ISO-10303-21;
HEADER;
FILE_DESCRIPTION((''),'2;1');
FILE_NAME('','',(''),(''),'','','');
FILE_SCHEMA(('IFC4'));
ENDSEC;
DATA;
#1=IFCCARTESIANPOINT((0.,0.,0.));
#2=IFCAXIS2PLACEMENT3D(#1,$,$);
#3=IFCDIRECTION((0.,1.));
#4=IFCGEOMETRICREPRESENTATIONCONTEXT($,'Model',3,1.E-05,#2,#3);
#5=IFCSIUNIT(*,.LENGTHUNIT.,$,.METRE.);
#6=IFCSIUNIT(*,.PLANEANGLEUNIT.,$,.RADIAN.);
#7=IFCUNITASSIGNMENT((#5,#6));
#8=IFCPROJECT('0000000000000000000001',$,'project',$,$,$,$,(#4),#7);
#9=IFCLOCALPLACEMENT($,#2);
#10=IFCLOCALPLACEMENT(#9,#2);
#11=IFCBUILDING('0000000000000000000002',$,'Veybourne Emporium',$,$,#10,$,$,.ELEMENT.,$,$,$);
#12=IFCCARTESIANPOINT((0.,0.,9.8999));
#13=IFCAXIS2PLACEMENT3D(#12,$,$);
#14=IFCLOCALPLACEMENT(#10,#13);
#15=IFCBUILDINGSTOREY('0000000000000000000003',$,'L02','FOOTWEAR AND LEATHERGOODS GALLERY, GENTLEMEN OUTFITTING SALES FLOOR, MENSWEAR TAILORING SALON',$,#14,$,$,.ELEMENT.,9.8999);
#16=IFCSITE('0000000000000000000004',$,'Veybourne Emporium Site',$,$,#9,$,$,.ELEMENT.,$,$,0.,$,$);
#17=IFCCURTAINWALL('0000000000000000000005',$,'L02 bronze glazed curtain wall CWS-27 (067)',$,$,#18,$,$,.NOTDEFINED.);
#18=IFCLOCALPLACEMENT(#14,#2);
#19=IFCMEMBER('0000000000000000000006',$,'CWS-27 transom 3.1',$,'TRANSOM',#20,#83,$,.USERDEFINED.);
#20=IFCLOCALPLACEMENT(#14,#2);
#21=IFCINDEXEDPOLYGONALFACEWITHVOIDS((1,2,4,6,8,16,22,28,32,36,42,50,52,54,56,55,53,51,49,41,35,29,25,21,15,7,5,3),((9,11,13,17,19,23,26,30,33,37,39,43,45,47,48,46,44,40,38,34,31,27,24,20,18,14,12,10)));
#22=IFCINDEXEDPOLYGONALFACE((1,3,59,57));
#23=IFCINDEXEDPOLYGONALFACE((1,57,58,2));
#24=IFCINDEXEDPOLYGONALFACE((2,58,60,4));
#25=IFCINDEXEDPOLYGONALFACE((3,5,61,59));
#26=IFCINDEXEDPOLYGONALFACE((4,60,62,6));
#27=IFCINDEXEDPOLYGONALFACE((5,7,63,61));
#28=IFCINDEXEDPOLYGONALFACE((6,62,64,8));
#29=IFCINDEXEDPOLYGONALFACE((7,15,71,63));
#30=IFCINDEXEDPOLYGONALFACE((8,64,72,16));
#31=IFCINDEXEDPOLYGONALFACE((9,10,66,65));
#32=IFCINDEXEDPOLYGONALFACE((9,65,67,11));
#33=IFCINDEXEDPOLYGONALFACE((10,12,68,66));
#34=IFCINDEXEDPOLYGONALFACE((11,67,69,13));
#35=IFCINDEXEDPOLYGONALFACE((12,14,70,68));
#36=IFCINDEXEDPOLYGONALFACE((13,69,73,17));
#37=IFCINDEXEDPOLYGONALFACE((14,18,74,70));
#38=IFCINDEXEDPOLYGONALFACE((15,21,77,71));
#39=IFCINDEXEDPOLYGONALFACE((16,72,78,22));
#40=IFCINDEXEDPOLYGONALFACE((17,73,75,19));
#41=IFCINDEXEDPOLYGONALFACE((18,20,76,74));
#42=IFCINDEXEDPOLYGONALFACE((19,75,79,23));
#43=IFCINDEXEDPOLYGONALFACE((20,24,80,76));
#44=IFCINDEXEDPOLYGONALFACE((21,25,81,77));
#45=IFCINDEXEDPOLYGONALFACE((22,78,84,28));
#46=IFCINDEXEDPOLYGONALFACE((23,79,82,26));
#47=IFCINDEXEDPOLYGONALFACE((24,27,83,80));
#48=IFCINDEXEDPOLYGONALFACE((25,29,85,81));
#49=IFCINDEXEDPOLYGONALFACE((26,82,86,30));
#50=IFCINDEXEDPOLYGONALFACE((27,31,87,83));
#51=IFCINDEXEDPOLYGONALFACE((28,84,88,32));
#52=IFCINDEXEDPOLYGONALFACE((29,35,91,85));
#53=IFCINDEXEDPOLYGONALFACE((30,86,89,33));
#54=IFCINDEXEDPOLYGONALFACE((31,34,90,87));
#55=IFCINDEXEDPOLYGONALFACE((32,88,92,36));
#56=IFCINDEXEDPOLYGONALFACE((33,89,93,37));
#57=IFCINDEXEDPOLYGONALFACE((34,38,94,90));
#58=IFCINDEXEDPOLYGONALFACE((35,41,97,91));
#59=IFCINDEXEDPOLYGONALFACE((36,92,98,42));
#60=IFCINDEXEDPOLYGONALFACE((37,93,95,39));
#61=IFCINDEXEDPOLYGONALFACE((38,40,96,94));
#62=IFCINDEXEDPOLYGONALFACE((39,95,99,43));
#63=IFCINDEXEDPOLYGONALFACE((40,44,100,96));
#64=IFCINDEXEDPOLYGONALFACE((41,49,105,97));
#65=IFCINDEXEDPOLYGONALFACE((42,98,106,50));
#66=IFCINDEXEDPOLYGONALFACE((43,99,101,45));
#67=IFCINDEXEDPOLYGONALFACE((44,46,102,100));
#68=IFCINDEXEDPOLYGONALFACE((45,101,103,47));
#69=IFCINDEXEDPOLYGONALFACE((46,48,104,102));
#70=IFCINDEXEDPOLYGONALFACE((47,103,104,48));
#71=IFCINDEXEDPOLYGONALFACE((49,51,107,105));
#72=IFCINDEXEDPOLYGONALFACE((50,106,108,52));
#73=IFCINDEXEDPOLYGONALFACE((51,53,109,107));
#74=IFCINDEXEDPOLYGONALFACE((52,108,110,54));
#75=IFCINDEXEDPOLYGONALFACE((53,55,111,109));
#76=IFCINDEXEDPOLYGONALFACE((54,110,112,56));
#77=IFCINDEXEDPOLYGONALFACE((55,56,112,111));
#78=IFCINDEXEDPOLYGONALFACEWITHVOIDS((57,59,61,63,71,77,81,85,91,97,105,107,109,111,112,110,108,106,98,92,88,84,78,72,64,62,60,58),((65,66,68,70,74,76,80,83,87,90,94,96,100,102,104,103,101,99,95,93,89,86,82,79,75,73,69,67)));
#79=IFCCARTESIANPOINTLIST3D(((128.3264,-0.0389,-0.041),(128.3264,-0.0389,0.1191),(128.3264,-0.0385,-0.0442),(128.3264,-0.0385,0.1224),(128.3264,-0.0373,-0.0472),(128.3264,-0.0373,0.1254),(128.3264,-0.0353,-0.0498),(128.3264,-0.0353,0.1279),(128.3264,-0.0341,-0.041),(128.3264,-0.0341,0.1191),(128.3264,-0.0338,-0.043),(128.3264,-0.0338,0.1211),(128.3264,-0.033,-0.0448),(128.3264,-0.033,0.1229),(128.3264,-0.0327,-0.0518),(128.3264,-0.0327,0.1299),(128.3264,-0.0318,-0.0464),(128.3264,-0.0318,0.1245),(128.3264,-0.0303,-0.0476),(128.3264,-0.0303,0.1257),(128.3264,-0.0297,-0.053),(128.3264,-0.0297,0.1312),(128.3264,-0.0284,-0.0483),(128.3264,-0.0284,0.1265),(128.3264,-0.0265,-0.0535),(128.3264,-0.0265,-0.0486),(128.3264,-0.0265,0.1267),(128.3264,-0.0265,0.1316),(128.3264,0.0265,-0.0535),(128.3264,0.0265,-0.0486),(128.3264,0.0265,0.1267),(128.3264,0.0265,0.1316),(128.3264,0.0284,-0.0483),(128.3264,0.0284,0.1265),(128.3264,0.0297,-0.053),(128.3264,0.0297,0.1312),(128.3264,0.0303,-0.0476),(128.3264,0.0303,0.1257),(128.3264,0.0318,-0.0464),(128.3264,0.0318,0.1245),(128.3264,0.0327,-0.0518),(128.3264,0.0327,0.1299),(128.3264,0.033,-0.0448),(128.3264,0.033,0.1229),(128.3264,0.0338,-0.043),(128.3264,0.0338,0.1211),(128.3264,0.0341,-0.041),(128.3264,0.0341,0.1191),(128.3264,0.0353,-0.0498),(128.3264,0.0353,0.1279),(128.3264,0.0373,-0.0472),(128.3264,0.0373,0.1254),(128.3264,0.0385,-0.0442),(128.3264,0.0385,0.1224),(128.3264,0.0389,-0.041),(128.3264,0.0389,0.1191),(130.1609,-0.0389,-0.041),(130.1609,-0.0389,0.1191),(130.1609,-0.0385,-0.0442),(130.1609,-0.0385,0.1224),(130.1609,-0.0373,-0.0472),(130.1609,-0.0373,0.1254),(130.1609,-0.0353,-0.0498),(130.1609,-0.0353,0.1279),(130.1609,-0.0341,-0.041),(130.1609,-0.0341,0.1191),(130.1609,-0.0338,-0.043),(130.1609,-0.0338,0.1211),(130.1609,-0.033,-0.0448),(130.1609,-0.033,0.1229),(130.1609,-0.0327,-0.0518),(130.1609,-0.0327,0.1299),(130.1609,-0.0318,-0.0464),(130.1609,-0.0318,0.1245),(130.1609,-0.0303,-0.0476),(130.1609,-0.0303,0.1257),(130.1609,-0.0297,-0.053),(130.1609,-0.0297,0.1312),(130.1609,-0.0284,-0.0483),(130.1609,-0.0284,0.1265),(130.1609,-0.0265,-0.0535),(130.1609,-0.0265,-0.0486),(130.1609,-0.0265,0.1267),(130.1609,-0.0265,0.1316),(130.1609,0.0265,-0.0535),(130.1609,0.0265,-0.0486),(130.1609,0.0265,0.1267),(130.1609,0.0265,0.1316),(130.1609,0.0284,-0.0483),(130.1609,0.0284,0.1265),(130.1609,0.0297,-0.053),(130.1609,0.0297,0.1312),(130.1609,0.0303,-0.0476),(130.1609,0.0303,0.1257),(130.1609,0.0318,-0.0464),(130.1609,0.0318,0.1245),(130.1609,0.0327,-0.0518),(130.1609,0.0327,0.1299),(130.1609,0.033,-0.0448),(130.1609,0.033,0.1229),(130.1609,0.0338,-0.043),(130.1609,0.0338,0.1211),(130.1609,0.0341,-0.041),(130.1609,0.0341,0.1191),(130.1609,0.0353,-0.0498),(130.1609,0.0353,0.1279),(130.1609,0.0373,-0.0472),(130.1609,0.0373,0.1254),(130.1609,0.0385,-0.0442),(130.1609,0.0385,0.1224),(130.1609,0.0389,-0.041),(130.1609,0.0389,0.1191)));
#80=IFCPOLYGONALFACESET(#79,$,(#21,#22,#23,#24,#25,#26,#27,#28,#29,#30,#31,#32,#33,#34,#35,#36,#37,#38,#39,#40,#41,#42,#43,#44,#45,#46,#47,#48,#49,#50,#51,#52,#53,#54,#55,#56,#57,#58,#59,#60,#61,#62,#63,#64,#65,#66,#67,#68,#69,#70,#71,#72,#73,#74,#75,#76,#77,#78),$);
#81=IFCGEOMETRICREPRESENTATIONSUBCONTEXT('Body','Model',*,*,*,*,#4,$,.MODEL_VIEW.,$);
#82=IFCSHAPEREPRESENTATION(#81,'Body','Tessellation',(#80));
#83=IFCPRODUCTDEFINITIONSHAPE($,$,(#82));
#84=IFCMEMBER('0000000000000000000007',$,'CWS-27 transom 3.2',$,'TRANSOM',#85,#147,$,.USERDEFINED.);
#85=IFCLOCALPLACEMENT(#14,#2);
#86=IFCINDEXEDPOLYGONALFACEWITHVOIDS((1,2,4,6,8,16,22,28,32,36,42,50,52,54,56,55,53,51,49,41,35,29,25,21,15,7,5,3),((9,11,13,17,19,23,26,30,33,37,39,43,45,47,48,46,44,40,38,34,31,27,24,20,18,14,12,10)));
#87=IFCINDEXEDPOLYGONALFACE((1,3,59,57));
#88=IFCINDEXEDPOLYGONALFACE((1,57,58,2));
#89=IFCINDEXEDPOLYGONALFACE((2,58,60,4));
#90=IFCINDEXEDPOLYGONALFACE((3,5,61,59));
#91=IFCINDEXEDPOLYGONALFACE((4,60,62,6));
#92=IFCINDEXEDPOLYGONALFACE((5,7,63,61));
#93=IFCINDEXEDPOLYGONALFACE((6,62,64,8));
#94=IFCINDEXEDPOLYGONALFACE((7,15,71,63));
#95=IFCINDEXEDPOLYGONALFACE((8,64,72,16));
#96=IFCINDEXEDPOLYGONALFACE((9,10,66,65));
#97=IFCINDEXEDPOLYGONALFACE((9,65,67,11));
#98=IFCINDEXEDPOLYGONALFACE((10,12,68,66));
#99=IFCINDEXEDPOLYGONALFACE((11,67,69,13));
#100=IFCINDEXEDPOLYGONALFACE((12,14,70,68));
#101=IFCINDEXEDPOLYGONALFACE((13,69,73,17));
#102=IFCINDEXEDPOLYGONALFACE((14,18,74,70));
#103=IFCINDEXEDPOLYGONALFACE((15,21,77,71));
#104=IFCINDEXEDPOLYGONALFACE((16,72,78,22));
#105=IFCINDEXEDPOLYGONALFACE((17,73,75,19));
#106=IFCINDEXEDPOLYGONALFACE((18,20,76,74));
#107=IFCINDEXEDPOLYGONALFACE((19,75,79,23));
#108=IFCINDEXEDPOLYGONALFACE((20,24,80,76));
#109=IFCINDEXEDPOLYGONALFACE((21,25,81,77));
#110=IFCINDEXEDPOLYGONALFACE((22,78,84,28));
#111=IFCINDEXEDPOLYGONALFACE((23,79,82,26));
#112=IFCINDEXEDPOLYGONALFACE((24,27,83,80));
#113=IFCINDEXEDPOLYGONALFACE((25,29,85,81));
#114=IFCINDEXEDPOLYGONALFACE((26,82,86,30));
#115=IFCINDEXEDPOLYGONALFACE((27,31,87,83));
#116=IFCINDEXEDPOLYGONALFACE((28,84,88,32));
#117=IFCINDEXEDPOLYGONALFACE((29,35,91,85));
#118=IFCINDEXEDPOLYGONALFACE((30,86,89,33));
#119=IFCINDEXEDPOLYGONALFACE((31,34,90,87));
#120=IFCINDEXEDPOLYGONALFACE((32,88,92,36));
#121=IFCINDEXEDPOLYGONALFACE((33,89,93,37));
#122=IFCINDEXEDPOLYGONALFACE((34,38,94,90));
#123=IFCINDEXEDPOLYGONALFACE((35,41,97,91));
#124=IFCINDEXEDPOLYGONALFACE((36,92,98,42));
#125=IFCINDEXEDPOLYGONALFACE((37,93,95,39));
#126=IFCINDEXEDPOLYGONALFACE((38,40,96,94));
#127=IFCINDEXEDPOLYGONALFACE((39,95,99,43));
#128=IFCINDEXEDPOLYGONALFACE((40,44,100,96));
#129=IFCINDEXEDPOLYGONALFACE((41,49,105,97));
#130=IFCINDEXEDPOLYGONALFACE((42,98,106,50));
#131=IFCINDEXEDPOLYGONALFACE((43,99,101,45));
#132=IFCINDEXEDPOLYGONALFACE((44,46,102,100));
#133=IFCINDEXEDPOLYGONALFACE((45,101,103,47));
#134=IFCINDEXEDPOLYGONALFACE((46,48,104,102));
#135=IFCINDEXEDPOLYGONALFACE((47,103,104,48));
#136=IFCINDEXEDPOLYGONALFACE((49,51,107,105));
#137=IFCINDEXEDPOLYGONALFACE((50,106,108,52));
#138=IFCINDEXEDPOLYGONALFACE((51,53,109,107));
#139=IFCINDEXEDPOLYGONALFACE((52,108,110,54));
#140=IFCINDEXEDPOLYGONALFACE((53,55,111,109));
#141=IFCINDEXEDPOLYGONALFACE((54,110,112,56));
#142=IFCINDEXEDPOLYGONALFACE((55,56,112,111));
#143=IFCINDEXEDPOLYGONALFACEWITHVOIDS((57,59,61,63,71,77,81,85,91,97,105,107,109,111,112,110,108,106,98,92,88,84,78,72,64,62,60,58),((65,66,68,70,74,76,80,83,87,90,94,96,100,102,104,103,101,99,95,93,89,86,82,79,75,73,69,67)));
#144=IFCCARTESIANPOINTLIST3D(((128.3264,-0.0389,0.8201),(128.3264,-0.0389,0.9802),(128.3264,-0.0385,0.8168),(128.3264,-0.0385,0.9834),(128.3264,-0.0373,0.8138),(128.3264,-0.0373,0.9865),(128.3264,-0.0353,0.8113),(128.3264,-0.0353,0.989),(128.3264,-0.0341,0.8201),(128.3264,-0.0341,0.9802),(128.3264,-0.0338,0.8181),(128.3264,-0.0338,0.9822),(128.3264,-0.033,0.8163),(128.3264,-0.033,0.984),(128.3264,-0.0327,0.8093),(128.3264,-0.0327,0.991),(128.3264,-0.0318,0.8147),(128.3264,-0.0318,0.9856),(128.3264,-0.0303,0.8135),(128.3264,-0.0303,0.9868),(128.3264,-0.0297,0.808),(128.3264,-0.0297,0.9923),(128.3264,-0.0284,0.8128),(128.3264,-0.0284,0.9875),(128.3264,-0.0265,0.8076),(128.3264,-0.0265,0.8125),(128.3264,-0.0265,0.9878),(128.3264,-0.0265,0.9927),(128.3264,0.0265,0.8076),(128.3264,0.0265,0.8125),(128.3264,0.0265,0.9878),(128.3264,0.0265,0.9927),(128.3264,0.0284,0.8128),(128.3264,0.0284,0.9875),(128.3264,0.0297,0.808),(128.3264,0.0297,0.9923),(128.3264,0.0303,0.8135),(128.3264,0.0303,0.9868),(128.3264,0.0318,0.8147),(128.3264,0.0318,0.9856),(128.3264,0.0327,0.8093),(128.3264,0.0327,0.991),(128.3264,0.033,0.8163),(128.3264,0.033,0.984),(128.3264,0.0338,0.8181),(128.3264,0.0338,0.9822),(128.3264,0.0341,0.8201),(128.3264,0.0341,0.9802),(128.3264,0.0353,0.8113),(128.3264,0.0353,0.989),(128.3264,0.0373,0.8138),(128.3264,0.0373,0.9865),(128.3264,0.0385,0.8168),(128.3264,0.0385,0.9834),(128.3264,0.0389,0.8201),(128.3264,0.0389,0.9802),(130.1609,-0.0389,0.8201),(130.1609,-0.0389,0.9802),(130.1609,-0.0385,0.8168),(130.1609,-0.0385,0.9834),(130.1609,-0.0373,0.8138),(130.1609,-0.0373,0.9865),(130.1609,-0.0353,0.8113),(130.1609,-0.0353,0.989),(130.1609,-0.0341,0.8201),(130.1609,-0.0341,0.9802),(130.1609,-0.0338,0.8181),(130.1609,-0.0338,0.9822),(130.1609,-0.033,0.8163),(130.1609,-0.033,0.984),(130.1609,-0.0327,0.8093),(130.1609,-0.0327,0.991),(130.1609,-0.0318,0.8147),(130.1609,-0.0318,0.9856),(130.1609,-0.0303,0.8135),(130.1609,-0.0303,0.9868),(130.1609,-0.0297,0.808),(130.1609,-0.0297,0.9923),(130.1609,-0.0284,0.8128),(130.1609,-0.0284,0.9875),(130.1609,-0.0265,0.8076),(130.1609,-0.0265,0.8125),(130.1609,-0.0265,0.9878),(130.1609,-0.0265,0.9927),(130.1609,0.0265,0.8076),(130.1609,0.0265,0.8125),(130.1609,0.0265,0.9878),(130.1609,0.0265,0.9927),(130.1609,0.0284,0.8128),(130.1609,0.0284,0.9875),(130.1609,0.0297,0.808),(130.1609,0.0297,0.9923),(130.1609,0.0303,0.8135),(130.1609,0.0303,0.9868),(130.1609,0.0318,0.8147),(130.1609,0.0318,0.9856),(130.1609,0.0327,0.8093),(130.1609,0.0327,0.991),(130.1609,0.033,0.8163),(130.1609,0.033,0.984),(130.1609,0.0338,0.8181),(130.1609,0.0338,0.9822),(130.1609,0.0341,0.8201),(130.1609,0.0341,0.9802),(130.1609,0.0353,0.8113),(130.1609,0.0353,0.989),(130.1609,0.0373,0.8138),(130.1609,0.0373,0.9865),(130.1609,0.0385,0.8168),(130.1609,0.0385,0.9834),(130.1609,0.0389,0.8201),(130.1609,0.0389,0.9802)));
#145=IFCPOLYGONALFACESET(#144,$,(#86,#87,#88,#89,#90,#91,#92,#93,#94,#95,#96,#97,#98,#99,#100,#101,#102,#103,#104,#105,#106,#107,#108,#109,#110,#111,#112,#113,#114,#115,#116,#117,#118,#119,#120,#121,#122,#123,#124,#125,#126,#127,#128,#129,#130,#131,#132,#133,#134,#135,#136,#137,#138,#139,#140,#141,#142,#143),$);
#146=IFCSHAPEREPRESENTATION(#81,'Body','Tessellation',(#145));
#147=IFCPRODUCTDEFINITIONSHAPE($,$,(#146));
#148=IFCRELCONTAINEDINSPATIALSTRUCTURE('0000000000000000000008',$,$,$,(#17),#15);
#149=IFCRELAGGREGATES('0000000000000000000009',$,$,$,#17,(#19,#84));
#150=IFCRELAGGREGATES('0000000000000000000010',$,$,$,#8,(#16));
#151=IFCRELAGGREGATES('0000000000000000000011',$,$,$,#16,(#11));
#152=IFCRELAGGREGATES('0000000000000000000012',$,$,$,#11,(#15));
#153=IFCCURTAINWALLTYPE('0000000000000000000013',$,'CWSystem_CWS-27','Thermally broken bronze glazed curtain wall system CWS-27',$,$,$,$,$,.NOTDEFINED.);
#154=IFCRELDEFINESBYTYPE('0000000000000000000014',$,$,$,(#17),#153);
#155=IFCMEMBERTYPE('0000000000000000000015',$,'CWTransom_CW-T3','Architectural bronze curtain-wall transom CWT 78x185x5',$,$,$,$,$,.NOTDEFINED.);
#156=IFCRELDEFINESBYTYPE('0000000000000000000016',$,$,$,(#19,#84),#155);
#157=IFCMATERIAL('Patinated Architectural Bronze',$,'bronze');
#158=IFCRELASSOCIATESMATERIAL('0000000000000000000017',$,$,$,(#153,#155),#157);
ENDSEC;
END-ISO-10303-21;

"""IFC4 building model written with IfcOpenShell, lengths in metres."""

from ifc_helpers import new_model, si_unit, direction, frame, origin, origin_2d, place, context, subcontext, project, spatial, hollow_rectangle, extrude, material, material_profile, profile_set, type_object, element, aggregate, save


model = new_model("IFC4")

# Units and contexts
model_context = context("Model", 3, precision=1e-05, world=origin(), true_north=direction((0.0, 1.0)))
body_context = subcontext(model_context, "Body", "Model", "MODEL_VIEW")
ifc_project = project(units=[si_unit("LENGTHUNIT", "METRE"), si_unit("PLANEANGLEUNIT", "RADIAN")], contexts=[model_context])

# Site, building, storey
site_placement = place(None, origin())
site = spatial("IfcSite", under=ifc_project, at=site_placement, Name="Veybourne Emporium Site", CompositionType="ELEMENT", RefElevation=0.0)
building_placement = place(site_placement, origin())
building = spatial("IfcBuilding", under=site, at=building_placement, Name="Veybourne Emporium", CompositionType="ELEMENT")
storey_placement = place(building_placement, frame((0.0, 0.0, 9.8999)))
storey = spatial("IfcBuildingStorey", under=building, at=storey_placement, Name="L02", Description="FOOTWEAR AND LEATHERGOODS GALLERY, GENTLEMEN OUTFITTING SALES FLOOR, MENSWEAR TAILORING SALON", CompositionType="ELEMENT", Elevation=9.8999)

# Curtain wall, members
ifc_material_1 = material(Name="Patinated Architectural Bronze", Category="bronze")
curtain_wall_type = type_object("IfcCurtainWallType", Name="CWSystem_CWS-27", Description="Thermally broken bronze glazed curtain wall system CWS-27", PredefinedType="NOTDEFINED", material=ifc_material_1)
curtain_wall_placement = place(storey_placement, origin())
curtain_wall = element("IfcCurtainWall", 1, at=curtain_wall_placement, inside=storey, type_object=curtain_wall_type, Name="L02 bronze glazed curtain wall CWS-27 (067)", PredefinedType="NOTDEFINED")
ifc_material_profile_1 = material_profile(ifc_material_1, hollow_rectangle(XDim=0.0779, YDim=0.1851, WallThickness=0.0049, InnerFilletRadius=0.0076, OuterFilletRadius=0.0125, at=origin_2d()), Name="CWT 78x185x5")
ifc_profile_set_1 = profile_set([ifc_material_profile_1], Name="Patinated Architectural Bronze")
member_type_1 = type_object("IfcMemberType", Name="CWTransom_CW-T3", Description="Architectural bronze curtain-wall transom CWT 78x185x5", PredefinedType="NOTDEFINED", material=ifc_profile_set_1)
member_1_placement = place(storey_placement, frame((130.1609, 0.0, 0.0391), z_axis=(-1.0, 0.0, 0.0), x_axis=(0.0, -1.0, 0.0)))
member_1 = element("IfcMember", 2, at=member_1_placement, type_object=member_type_1, Name="CWS-27 transom 3.1", ObjectType="TRANSOM", PredefinedType="USERDEFINED", context=body_context, shape_type="SweptSolid", body=[
    extrude(hollow_rectangle(XDim=0.0779, YDim=0.1851, WallThickness=0.0049, InnerFilletRadius=0.0076, OuterFilletRadius=0.0125, at=origin_2d()), origin(), (0.0, 0.0, 1.0), 1.8345),
])
member_2_placement = place(storey_placement, frame((130.1609, 0.0, 0.9001), z_axis=(-1.0, 0.0, 0.0), x_axis=(0.0, -1.0, 0.0)))
member_2 = element("IfcMember", 3, at=member_2_placement, type_object=member_type_1, Name="CWS-27 transom 3.2", ObjectType="TRANSOM", PredefinedType="USERDEFINED", context=body_context, shape_type="SweptSolid", body=[
    extrude(hollow_rectangle(XDim=0.0779, YDim=0.1851, WallThickness=0.0049, InnerFilletRadius=0.0076, OuterFilletRadius=0.0125, at=origin_2d()), origin(), (0.0, 0.0, 1.0), 1.8345),
])

aggregate(curtain_wall, [member_1, member_2])

save(model, "model.ifc")
